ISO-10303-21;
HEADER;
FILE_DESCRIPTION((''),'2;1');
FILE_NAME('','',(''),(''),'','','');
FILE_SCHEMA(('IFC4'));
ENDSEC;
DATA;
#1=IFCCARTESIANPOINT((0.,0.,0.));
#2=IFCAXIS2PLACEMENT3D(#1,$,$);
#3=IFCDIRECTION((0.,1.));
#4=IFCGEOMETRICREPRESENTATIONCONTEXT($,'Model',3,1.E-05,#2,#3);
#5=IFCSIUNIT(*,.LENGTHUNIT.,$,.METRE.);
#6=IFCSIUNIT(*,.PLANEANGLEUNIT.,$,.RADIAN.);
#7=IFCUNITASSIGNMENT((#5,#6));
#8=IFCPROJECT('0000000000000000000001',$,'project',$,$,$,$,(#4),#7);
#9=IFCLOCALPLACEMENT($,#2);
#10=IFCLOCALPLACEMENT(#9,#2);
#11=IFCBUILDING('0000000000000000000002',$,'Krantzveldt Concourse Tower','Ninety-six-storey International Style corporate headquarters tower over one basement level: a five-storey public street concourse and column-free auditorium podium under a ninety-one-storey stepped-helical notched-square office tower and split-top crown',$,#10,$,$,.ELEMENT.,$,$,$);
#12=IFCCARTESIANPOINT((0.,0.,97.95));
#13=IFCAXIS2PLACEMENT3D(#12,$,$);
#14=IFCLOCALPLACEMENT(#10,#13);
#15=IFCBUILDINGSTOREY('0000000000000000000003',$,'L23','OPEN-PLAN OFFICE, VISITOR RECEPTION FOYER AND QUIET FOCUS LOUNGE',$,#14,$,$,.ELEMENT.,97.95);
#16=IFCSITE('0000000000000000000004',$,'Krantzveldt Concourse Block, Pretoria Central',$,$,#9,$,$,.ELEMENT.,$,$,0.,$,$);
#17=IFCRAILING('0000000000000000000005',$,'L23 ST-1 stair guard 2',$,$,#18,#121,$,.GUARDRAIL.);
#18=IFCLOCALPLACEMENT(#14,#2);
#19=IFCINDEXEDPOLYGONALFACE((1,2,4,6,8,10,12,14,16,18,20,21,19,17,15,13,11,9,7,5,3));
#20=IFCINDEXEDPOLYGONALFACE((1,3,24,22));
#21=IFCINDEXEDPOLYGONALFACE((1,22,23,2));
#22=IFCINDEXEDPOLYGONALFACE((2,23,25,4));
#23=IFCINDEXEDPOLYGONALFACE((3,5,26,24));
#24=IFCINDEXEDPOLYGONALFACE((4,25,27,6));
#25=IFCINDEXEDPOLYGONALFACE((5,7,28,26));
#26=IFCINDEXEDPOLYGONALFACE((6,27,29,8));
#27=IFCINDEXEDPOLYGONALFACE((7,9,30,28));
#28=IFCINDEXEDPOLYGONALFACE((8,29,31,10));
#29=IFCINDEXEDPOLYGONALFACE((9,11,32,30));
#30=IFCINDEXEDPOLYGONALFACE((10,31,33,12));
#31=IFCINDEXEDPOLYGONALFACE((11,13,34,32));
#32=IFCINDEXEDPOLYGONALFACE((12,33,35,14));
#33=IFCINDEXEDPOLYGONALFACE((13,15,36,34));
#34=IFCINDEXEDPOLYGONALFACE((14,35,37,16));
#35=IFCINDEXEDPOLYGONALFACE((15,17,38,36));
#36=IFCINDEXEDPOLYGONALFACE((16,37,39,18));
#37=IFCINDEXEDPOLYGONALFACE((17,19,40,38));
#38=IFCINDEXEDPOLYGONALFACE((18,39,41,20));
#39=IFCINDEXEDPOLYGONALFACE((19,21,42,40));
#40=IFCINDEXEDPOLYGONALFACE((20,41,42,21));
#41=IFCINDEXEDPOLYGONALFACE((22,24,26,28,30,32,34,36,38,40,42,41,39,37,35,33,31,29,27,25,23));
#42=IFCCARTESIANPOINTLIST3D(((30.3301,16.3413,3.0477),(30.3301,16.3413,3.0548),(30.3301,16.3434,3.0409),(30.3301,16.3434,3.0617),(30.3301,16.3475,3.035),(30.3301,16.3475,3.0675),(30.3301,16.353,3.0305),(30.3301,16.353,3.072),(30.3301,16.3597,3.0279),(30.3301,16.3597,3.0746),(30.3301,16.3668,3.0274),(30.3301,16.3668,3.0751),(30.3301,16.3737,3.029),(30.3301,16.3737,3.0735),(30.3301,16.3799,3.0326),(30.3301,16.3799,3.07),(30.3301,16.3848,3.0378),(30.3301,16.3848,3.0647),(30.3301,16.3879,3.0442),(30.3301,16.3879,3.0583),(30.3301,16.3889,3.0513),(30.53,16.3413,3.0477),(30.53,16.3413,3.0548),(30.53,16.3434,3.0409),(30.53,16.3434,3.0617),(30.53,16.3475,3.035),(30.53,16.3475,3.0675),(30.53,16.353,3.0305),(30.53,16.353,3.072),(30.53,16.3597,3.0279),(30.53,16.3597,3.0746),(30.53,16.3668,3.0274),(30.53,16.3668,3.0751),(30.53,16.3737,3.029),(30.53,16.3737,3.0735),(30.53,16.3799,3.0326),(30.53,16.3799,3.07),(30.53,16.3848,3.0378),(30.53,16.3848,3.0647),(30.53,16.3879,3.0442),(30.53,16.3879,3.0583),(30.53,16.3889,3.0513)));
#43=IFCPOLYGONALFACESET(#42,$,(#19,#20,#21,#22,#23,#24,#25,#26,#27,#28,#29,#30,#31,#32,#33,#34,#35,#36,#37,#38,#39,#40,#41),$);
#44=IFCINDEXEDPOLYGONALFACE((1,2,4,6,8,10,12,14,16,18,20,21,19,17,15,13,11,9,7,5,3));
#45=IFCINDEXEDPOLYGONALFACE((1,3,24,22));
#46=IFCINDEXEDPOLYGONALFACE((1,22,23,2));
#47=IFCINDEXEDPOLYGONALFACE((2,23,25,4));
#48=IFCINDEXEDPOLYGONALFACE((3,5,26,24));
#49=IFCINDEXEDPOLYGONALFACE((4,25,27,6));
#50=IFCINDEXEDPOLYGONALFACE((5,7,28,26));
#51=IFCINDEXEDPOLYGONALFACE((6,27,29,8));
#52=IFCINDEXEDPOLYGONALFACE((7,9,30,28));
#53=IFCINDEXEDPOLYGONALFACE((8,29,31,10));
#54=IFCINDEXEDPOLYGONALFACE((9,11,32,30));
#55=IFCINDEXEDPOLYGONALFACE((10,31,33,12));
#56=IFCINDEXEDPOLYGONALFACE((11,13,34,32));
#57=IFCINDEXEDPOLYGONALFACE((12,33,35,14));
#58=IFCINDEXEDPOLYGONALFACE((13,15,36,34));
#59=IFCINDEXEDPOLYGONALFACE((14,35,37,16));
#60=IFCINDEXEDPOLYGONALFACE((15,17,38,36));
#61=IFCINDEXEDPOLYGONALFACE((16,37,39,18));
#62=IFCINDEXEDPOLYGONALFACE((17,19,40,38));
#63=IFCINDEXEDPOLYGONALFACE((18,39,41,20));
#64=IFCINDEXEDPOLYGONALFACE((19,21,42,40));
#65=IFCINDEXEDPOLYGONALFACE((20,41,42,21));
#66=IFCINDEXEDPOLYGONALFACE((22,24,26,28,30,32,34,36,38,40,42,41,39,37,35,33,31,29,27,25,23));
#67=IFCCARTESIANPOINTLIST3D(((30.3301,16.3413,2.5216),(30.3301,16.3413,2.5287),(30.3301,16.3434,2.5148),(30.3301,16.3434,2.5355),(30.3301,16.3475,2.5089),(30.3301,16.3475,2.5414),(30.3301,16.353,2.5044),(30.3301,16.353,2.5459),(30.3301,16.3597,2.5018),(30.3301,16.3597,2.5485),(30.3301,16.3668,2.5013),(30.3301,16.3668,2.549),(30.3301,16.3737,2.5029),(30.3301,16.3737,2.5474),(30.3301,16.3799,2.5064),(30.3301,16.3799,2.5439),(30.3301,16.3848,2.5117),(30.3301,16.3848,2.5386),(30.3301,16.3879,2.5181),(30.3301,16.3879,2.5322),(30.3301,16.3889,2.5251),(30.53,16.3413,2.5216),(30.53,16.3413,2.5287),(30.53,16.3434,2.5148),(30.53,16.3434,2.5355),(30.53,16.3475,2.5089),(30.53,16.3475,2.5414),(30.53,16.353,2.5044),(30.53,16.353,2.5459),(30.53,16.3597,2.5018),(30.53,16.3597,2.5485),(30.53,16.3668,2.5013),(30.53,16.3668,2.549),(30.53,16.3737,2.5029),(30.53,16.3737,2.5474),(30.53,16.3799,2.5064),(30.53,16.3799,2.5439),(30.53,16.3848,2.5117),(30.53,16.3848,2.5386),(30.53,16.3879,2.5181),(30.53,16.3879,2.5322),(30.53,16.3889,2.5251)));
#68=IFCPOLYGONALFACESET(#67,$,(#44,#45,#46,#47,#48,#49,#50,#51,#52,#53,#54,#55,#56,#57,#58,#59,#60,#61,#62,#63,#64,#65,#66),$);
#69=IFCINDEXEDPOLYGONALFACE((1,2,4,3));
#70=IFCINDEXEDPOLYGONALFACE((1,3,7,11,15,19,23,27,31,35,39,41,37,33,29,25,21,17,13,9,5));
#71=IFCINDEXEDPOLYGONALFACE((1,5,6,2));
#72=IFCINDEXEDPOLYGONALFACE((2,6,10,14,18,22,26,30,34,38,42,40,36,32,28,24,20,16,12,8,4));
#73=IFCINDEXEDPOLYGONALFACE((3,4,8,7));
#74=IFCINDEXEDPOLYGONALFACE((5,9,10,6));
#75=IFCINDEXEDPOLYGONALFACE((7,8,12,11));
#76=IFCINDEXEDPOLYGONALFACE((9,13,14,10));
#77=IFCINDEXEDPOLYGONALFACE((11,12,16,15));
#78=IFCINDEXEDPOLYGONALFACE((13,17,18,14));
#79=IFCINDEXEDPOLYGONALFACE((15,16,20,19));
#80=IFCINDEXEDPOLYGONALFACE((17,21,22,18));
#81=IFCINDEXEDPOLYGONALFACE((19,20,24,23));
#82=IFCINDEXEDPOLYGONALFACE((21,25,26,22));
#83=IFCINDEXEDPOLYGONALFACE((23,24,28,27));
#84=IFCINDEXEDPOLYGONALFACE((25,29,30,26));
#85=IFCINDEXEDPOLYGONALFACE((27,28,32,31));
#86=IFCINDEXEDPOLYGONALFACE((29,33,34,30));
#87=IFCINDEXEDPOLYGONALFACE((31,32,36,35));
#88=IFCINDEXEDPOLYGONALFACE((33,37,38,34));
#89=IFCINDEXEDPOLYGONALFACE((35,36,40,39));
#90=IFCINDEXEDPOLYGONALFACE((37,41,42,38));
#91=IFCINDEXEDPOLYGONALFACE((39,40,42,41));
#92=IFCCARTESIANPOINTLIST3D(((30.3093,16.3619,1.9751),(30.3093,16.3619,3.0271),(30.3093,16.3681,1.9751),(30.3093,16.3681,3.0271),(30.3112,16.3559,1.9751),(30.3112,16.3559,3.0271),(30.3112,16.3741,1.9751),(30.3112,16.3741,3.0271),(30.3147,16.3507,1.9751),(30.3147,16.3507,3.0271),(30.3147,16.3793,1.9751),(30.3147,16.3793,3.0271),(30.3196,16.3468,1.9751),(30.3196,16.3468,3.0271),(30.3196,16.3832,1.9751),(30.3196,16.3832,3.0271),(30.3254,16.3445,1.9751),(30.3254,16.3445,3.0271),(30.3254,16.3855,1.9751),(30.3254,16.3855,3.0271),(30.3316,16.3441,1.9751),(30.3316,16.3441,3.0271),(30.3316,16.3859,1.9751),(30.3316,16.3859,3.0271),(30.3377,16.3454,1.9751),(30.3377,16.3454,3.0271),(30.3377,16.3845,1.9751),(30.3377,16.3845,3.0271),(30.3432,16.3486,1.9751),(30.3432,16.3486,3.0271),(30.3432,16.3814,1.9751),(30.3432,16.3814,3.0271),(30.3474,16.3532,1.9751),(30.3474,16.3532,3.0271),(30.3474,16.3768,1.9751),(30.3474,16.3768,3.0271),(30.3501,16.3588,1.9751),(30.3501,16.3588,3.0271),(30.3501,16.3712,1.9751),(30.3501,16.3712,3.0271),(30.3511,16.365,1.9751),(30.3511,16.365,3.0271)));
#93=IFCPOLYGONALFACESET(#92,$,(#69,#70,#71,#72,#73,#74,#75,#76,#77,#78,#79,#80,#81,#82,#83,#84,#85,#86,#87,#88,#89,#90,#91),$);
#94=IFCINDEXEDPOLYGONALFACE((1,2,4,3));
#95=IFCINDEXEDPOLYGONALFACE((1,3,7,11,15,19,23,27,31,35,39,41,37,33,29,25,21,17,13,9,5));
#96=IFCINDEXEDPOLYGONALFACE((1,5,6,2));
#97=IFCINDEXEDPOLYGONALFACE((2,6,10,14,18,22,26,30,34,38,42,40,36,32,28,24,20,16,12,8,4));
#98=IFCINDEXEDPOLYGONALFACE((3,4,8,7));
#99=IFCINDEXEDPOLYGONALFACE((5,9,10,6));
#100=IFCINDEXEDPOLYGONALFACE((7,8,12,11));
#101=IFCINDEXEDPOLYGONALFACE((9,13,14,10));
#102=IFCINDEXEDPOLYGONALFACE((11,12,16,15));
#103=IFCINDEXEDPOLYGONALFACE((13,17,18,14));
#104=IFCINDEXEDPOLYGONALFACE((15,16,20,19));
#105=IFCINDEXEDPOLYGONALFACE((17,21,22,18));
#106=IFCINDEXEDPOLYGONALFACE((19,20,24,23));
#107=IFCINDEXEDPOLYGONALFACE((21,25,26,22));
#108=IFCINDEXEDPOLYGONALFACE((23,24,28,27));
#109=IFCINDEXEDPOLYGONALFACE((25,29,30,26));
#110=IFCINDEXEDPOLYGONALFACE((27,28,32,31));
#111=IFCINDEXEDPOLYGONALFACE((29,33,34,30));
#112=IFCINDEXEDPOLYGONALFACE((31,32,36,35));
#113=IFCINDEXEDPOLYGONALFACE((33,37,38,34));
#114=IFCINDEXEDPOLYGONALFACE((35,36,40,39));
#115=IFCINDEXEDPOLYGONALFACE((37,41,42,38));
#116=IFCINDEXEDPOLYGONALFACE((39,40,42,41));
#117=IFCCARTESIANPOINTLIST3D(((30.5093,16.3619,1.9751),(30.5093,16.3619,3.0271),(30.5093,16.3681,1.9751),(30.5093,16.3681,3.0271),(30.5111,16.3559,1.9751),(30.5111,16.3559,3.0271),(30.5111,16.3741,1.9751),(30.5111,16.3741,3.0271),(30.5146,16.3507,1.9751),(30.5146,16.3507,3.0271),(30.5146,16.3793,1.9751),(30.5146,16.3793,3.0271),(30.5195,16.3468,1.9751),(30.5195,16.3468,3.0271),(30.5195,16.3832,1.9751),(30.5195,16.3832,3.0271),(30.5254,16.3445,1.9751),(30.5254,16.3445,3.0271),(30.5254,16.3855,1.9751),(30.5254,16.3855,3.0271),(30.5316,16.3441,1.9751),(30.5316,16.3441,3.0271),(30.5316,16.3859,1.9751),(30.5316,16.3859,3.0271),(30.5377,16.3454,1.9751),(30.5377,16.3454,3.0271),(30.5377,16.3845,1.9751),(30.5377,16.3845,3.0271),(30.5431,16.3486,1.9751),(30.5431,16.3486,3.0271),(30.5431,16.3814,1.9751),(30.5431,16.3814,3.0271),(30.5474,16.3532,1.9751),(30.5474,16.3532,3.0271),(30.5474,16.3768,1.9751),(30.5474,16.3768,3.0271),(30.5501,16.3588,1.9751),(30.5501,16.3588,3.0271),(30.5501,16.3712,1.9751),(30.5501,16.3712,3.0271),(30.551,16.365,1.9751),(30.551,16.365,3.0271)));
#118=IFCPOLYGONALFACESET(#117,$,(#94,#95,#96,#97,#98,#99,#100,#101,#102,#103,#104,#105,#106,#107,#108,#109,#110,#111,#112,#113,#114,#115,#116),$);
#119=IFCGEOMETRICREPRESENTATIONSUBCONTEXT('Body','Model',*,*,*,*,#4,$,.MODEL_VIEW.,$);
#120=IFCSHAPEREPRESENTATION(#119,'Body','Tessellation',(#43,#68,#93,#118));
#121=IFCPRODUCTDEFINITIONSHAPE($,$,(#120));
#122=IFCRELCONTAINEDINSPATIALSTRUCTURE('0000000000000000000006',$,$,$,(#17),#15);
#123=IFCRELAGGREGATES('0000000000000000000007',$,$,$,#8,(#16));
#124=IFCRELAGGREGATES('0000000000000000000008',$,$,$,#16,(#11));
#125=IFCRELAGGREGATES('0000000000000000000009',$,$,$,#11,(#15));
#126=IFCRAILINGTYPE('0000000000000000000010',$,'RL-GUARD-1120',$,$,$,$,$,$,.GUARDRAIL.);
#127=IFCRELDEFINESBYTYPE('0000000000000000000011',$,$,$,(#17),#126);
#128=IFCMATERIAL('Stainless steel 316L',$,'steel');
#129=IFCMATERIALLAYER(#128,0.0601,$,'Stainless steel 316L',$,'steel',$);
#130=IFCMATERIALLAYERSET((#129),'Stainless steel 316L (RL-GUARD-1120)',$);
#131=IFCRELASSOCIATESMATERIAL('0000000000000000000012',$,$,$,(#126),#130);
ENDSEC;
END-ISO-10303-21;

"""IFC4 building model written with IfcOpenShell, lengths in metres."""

from ifc_helpers import new_model, si_unit, direction, frame, origin, origin_2d, place, context, subcontext, project, spatial, circle, extrude, material, layer, layer_set, type_object, element, save


model = new_model("IFC4")

# Units and contexts
model_context = context("Model", 3, precision=1e-05, world=origin(), true_north=direction((0.0, 1.0)))
body_context = subcontext(model_context, "Body", "Model", "MODEL_VIEW")
ifc_project = project(units=[si_unit("LENGTHUNIT", "METRE"), si_unit("PLANEANGLEUNIT", "RADIAN")], contexts=[model_context])

# Site, building, storey
site_placement = place(None, origin())
site = spatial("IfcSite", under=ifc_project, at=site_placement, Name="Krantzveldt Concourse Block, Pretoria Central", CompositionType="ELEMENT", RefElevation=0.0)
building_placement = place(site_placement, origin())
building = spatial("IfcBuilding", under=site, at=building_placement, Name="Krantzveldt Concourse Tower", Description="Ninety-six-storey International Style corporate headquarters tower over one basement level: a five-storey public street concourse and column-free auditorium podium under a ninety-one-storey stepped-helical notched-square office tower and split-top crown", CompositionType="ELEMENT")
storey_placement = place(building_placement, frame((0.0, 0.0, 97.95)))
storey = spatial("IfcBuildingStorey", under=building, at=storey_placement, Name="L23", Description="OPEN-PLAN OFFICE, VISITOR RECEPTION FOYER AND QUIET FOCUS LOUNGE", CompositionType="ELEMENT", Elevation=97.95)

# Railing
ifc_material_1 = material(Name="Stainless steel 316L", Category="steel")
ifc_layer_1 = layer(ifc_material_1, 0.0601, Name="Stainless steel 316L", Category="steel")
ifc_layer_set_1 = layer_set([ifc_layer_1], Name="Stainless steel 316L (RL-GUARD-1120)")
railing_type_1 = type_object("IfcRailingType", Name="RL-GUARD-1120", PredefinedType="GUARDRAIL", material=ifc_layer_set_1)
railing_1_placement = place(storey_placement, frame((30.3301, 16.365, 1.9751)))
element("IfcRailing", 1, at=railing_1_placement, inside=storey, type_object=railing_type_1, Name="L23 ST-1 stair guard 2", PredefinedType="GUARDRAIL", context=body_context, shape_type="SweptSolid", body=[
    extrude(circle(Radius=0.0239, at=origin_2d()), frame((0.0, 0.0, 1.0762), z_axis=(1.0, 0.0, 0.0), x_axis=(0.0, 1.0, 0.0)), (0.0, 0.0, 1.0), 0.2),
    extrude(circle(Radius=0.0239, at=origin_2d()), frame((0.0, 0.0, 0.55), z_axis=(1.0, 0.0, 0.0), x_axis=(0.0, 1.0, 0.0)), (0.0, 0.0, 1.0), 0.2),
    extrude(circle(Radius=0.021, at=origin_2d()), origin(), (0.0, 0.0, 1.0), 1.052),
    extrude(circle(Radius=0.021, at=origin_2d()), frame((0.2, 0.0, 0.0)), (0.0, 0.0, 1.0), 1.052),
])

save(model, "model.ifc")
